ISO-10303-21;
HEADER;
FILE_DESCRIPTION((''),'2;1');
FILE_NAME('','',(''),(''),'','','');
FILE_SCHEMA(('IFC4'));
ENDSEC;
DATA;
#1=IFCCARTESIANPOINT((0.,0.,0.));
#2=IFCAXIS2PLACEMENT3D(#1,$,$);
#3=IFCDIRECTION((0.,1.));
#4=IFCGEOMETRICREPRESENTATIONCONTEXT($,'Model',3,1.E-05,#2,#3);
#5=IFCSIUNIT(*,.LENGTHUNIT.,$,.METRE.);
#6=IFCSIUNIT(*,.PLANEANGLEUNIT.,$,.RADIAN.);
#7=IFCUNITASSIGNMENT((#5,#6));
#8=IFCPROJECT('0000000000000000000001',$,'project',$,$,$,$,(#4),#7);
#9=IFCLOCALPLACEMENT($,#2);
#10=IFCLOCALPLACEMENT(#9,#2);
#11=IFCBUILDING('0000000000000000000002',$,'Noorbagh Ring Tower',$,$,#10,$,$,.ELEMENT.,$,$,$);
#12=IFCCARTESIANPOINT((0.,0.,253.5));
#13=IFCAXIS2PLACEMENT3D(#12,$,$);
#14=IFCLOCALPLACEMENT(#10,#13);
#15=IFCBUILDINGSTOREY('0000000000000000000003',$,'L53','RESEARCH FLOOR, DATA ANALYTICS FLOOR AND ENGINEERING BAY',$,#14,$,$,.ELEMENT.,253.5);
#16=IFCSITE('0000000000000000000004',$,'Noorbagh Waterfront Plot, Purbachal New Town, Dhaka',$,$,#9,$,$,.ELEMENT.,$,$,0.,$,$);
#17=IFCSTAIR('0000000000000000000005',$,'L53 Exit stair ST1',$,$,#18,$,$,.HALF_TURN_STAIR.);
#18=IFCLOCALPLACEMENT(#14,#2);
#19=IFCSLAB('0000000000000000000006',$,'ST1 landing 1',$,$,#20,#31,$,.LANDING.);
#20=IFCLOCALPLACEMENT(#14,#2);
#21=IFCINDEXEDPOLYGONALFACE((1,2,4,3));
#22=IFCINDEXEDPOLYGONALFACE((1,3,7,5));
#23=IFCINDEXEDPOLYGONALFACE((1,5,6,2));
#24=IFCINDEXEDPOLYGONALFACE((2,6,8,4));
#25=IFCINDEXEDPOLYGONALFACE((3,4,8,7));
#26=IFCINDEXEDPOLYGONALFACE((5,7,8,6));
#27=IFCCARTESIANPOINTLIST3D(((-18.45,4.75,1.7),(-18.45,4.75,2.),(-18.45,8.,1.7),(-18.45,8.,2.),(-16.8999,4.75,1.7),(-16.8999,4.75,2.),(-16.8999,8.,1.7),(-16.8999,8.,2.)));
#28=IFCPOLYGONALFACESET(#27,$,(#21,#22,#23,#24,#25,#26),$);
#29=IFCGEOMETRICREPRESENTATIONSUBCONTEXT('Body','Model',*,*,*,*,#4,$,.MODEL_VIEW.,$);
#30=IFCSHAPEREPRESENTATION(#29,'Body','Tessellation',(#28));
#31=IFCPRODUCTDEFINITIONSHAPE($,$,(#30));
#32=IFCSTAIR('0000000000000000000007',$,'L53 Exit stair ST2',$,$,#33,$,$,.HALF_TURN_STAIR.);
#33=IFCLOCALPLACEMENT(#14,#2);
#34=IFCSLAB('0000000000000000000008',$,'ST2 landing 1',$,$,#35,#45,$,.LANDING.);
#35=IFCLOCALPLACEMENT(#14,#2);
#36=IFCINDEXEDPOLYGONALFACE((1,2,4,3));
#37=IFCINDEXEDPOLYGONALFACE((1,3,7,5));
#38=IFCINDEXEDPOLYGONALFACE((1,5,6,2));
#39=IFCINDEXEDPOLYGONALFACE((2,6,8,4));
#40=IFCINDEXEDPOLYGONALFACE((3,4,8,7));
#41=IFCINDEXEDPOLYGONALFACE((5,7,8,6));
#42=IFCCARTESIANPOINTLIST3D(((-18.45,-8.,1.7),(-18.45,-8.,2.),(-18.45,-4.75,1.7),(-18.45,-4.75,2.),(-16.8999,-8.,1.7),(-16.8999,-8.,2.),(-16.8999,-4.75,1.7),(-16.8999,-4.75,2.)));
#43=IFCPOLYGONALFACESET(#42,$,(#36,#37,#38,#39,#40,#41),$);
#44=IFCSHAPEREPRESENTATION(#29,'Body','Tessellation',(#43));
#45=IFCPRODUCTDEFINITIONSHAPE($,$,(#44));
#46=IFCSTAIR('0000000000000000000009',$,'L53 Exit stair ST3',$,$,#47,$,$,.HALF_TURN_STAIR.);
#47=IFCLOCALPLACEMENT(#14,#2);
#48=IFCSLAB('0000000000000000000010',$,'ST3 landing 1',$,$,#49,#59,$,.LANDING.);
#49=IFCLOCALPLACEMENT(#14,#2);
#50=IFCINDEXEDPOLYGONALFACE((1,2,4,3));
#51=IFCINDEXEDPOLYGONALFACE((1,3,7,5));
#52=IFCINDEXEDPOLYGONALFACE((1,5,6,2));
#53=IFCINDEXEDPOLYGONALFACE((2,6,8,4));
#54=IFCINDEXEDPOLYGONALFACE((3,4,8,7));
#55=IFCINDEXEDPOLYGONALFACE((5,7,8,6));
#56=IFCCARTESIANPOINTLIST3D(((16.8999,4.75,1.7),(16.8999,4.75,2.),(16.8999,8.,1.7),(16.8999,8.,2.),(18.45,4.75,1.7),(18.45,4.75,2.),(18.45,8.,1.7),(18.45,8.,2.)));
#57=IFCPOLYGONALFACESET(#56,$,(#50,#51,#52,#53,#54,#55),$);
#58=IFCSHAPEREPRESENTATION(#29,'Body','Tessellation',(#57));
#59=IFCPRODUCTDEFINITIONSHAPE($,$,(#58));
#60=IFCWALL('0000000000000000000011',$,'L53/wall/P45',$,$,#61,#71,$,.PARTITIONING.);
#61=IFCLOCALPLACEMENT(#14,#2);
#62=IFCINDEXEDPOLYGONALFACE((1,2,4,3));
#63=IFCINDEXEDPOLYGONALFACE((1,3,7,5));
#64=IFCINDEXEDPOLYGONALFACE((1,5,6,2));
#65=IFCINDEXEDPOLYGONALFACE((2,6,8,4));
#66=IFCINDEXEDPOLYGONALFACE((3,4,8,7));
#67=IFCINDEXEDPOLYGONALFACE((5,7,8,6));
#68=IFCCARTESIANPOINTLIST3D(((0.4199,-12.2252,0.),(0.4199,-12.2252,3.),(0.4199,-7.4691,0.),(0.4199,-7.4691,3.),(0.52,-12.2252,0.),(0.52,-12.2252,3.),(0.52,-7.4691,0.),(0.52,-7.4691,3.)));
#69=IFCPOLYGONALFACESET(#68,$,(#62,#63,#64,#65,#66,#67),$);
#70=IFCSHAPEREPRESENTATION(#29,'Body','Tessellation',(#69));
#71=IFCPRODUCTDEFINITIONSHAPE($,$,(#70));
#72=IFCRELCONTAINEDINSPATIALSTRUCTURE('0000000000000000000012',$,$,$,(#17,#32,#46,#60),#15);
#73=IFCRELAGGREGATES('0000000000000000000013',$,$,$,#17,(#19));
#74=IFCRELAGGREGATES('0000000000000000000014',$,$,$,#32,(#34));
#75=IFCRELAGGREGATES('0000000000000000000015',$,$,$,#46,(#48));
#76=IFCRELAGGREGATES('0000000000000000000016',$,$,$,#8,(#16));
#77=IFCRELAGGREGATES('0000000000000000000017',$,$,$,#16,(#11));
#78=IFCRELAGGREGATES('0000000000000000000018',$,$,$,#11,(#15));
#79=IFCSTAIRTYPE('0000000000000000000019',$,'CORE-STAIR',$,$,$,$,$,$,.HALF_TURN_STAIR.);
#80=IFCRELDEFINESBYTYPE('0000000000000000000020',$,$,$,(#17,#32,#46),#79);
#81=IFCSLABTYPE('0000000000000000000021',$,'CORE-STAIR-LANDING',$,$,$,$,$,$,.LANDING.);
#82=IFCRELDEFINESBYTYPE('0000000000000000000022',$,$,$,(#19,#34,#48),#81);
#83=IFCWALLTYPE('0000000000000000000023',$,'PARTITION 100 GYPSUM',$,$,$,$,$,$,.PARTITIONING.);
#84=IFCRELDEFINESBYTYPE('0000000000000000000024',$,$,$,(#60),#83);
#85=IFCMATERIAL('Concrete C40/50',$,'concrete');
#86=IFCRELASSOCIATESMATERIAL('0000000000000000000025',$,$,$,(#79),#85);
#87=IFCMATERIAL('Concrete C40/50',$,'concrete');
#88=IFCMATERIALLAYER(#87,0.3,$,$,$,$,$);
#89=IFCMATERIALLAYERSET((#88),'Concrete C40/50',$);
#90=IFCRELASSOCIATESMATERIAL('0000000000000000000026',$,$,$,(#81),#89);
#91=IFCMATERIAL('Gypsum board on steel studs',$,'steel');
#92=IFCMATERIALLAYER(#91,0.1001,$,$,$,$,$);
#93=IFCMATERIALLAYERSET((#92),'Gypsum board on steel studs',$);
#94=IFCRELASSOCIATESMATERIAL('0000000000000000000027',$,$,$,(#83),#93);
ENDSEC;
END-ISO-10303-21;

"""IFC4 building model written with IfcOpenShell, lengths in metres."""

from ifc_helpers import new_model, si_unit, direction, frame, frame_2d, origin, place, context, subcontext, project, spatial, polyline, rectangle, outline, extrude, material, layer, layer_set, type_object, element, aggregate, save


model = new_model("IFC4")

# Units and contexts
model_context = context("Model", 3, precision=1e-05, world=origin(), true_north=direction((0.0, 1.0)))
body_context = subcontext(model_context, "Body", "Model", "MODEL_VIEW")
ifc_project = project(units=[si_unit("LENGTHUNIT", "METRE"), si_unit("PLANEANGLEUNIT", "RADIAN")], contexts=[model_context])

# Site, building, storey
site_placement = place(None, origin())
site = spatial("IfcSite", under=ifc_project, at=site_placement, Name="Noorbagh Waterfront Plot, Purbachal New Town, Dhaka", CompositionType="ELEMENT", RefElevation=0.0)
building_placement = place(site_placement, origin())
building = spatial("IfcBuilding", under=site, at=building_placement, Name="Noorbagh Ring Tower", CompositionType="ELEMENT")
storey_placement = place(building_placement, frame((0.0, 0.0, 253.5)))
storey = spatial("IfcBuildingStorey", under=building, at=storey_placement, Name="L53", Description="RESEARCH FLOOR, DATA ANALYTICS FLOOR AND ENGINEERING BAY", CompositionType="ELEMENT", Elevation=253.5)

# Stairs, slabs
ifc_material_1 = material(Name="Concrete C40/50", Category="concrete")
stair_type = type_object("IfcStairType", Name="CORE-STAIR", PredefinedType="HALF_TURN_STAIR", material=ifc_material_1)
stair_1_placement = place(storey_placement, origin())
stair_1 = element("IfcStair", 1, at=stair_1_placement, inside=storey, type_object=stair_type, Name="L53 Exit stair ST1", PredefinedType="HALF_TURN_STAIR")
ifc_material_2 = material(Name="Concrete C40/50", Category="concrete")
ifc_layer_1 = layer(ifc_material_2, 0.3)
ifc_layer_set_1 = layer_set([ifc_layer_1], Name="Concrete C40/50")
slab_type = type_object("IfcSlabType", Name="CORE-STAIR-LANDING", PredefinedType="LANDING", material=ifc_layer_set_1)
slab_1_placement = place(storey_placement, frame((0.0, 0.0, 1.7)))
slab_1 = element("IfcSlab", 2, at=slab_1_placement, type_object=slab_type, Name="ST1 landing 1", PredefinedType="LANDING", context=body_context, shape_type="SweptSolid", body=[
    extrude(outline(polyline([(-18.45, 4.75), (-16.8999, 4.75), (-16.8999, 8.0), (-18.45, 8.0), (-18.45, 4.75)])), origin(), (0.0, 0.0, 1.0), 0.3),
])
aggregate(stair_1, [slab_1])
stair_2_placement = place(storey_placement, origin())
stair_2 = element("IfcStair", 3, at=stair_2_placement, inside=storey, type_object=stair_type, Name="L53 Exit stair ST2", PredefinedType="HALF_TURN_STAIR")
slab_2_placement = place(storey_placement, frame((0.0, 0.0, 1.7)))
slab_2 = element("IfcSlab", 4, at=slab_2_placement, type_object=slab_type, Name="ST2 landing 1", PredefinedType="LANDING", context=body_context, shape_type="SweptSolid", body=[
    extrude(outline(polyline([(-18.45, -8.0), (-16.8999, -8.0), (-16.8999, -4.75), (-18.45, -4.75), (-18.45, -8.0)])), origin(), (0.0, 0.0, 1.0), 0.3),
])
aggregate(stair_2, [slab_2])
stair_3_placement = place(storey_placement, origin())
stair_3 = element("IfcStair", 5, at=stair_3_placement, inside=storey, type_object=stair_type, Name="L53 Exit stair ST3", PredefinedType="HALF_TURN_STAIR")
slab_3_placement = place(storey_placement, frame((0.0, 0.0, 1.7)))
slab_3 = element("IfcSlab", 6, at=slab_3_placement, type_object=slab_type, Name="ST3 landing 1", PredefinedType="LANDING", context=body_context, shape_type="SweptSolid", body=[
    extrude(outline(polyline([(18.45, 8.0), (16.8999, 8.0), (16.8999, 4.75), (18.45, 4.75), (18.45, 8.0)])), origin(), (0.0, 0.0, 1.0), 0.3),
])
aggregate(stair_3, [slab_3])

# Wall
ifc_material_3 = material(Name="Gypsum board on steel studs", Category="steel")
ifc_layer_2 = layer(ifc_material_3, 0.1001)
ifc_layer_set_2 = layer_set([ifc_layer_2], Name="Gypsum board on steel studs")
wall_type = type_object("IfcWallType", Name="PARTITION 100 GYPSUM", PredefinedType="PARTITIONING", material=ifc_layer_set_2)
wall_placement = place(storey_placement, frame((0.47, -12.2251, 0.0), z_axis=(0.0, 0.0, 1.0), x_axis=(0.0, 1.0, 0.0)))
element("IfcWall", 7, at=wall_placement, inside=storey, type_object=wall_type, Name="L53/wall/P45", PredefinedType="PARTITIONING", context=body_context, shape_type="SweptSolid", body=[
    extrude(rectangle(XDim=4.7561, YDim=0.1001, at=frame_2d((2.3779, 0.0))), origin(), (0.0, 0.0, 1.0), 3.0),
])

save(model, "model.ifc")
